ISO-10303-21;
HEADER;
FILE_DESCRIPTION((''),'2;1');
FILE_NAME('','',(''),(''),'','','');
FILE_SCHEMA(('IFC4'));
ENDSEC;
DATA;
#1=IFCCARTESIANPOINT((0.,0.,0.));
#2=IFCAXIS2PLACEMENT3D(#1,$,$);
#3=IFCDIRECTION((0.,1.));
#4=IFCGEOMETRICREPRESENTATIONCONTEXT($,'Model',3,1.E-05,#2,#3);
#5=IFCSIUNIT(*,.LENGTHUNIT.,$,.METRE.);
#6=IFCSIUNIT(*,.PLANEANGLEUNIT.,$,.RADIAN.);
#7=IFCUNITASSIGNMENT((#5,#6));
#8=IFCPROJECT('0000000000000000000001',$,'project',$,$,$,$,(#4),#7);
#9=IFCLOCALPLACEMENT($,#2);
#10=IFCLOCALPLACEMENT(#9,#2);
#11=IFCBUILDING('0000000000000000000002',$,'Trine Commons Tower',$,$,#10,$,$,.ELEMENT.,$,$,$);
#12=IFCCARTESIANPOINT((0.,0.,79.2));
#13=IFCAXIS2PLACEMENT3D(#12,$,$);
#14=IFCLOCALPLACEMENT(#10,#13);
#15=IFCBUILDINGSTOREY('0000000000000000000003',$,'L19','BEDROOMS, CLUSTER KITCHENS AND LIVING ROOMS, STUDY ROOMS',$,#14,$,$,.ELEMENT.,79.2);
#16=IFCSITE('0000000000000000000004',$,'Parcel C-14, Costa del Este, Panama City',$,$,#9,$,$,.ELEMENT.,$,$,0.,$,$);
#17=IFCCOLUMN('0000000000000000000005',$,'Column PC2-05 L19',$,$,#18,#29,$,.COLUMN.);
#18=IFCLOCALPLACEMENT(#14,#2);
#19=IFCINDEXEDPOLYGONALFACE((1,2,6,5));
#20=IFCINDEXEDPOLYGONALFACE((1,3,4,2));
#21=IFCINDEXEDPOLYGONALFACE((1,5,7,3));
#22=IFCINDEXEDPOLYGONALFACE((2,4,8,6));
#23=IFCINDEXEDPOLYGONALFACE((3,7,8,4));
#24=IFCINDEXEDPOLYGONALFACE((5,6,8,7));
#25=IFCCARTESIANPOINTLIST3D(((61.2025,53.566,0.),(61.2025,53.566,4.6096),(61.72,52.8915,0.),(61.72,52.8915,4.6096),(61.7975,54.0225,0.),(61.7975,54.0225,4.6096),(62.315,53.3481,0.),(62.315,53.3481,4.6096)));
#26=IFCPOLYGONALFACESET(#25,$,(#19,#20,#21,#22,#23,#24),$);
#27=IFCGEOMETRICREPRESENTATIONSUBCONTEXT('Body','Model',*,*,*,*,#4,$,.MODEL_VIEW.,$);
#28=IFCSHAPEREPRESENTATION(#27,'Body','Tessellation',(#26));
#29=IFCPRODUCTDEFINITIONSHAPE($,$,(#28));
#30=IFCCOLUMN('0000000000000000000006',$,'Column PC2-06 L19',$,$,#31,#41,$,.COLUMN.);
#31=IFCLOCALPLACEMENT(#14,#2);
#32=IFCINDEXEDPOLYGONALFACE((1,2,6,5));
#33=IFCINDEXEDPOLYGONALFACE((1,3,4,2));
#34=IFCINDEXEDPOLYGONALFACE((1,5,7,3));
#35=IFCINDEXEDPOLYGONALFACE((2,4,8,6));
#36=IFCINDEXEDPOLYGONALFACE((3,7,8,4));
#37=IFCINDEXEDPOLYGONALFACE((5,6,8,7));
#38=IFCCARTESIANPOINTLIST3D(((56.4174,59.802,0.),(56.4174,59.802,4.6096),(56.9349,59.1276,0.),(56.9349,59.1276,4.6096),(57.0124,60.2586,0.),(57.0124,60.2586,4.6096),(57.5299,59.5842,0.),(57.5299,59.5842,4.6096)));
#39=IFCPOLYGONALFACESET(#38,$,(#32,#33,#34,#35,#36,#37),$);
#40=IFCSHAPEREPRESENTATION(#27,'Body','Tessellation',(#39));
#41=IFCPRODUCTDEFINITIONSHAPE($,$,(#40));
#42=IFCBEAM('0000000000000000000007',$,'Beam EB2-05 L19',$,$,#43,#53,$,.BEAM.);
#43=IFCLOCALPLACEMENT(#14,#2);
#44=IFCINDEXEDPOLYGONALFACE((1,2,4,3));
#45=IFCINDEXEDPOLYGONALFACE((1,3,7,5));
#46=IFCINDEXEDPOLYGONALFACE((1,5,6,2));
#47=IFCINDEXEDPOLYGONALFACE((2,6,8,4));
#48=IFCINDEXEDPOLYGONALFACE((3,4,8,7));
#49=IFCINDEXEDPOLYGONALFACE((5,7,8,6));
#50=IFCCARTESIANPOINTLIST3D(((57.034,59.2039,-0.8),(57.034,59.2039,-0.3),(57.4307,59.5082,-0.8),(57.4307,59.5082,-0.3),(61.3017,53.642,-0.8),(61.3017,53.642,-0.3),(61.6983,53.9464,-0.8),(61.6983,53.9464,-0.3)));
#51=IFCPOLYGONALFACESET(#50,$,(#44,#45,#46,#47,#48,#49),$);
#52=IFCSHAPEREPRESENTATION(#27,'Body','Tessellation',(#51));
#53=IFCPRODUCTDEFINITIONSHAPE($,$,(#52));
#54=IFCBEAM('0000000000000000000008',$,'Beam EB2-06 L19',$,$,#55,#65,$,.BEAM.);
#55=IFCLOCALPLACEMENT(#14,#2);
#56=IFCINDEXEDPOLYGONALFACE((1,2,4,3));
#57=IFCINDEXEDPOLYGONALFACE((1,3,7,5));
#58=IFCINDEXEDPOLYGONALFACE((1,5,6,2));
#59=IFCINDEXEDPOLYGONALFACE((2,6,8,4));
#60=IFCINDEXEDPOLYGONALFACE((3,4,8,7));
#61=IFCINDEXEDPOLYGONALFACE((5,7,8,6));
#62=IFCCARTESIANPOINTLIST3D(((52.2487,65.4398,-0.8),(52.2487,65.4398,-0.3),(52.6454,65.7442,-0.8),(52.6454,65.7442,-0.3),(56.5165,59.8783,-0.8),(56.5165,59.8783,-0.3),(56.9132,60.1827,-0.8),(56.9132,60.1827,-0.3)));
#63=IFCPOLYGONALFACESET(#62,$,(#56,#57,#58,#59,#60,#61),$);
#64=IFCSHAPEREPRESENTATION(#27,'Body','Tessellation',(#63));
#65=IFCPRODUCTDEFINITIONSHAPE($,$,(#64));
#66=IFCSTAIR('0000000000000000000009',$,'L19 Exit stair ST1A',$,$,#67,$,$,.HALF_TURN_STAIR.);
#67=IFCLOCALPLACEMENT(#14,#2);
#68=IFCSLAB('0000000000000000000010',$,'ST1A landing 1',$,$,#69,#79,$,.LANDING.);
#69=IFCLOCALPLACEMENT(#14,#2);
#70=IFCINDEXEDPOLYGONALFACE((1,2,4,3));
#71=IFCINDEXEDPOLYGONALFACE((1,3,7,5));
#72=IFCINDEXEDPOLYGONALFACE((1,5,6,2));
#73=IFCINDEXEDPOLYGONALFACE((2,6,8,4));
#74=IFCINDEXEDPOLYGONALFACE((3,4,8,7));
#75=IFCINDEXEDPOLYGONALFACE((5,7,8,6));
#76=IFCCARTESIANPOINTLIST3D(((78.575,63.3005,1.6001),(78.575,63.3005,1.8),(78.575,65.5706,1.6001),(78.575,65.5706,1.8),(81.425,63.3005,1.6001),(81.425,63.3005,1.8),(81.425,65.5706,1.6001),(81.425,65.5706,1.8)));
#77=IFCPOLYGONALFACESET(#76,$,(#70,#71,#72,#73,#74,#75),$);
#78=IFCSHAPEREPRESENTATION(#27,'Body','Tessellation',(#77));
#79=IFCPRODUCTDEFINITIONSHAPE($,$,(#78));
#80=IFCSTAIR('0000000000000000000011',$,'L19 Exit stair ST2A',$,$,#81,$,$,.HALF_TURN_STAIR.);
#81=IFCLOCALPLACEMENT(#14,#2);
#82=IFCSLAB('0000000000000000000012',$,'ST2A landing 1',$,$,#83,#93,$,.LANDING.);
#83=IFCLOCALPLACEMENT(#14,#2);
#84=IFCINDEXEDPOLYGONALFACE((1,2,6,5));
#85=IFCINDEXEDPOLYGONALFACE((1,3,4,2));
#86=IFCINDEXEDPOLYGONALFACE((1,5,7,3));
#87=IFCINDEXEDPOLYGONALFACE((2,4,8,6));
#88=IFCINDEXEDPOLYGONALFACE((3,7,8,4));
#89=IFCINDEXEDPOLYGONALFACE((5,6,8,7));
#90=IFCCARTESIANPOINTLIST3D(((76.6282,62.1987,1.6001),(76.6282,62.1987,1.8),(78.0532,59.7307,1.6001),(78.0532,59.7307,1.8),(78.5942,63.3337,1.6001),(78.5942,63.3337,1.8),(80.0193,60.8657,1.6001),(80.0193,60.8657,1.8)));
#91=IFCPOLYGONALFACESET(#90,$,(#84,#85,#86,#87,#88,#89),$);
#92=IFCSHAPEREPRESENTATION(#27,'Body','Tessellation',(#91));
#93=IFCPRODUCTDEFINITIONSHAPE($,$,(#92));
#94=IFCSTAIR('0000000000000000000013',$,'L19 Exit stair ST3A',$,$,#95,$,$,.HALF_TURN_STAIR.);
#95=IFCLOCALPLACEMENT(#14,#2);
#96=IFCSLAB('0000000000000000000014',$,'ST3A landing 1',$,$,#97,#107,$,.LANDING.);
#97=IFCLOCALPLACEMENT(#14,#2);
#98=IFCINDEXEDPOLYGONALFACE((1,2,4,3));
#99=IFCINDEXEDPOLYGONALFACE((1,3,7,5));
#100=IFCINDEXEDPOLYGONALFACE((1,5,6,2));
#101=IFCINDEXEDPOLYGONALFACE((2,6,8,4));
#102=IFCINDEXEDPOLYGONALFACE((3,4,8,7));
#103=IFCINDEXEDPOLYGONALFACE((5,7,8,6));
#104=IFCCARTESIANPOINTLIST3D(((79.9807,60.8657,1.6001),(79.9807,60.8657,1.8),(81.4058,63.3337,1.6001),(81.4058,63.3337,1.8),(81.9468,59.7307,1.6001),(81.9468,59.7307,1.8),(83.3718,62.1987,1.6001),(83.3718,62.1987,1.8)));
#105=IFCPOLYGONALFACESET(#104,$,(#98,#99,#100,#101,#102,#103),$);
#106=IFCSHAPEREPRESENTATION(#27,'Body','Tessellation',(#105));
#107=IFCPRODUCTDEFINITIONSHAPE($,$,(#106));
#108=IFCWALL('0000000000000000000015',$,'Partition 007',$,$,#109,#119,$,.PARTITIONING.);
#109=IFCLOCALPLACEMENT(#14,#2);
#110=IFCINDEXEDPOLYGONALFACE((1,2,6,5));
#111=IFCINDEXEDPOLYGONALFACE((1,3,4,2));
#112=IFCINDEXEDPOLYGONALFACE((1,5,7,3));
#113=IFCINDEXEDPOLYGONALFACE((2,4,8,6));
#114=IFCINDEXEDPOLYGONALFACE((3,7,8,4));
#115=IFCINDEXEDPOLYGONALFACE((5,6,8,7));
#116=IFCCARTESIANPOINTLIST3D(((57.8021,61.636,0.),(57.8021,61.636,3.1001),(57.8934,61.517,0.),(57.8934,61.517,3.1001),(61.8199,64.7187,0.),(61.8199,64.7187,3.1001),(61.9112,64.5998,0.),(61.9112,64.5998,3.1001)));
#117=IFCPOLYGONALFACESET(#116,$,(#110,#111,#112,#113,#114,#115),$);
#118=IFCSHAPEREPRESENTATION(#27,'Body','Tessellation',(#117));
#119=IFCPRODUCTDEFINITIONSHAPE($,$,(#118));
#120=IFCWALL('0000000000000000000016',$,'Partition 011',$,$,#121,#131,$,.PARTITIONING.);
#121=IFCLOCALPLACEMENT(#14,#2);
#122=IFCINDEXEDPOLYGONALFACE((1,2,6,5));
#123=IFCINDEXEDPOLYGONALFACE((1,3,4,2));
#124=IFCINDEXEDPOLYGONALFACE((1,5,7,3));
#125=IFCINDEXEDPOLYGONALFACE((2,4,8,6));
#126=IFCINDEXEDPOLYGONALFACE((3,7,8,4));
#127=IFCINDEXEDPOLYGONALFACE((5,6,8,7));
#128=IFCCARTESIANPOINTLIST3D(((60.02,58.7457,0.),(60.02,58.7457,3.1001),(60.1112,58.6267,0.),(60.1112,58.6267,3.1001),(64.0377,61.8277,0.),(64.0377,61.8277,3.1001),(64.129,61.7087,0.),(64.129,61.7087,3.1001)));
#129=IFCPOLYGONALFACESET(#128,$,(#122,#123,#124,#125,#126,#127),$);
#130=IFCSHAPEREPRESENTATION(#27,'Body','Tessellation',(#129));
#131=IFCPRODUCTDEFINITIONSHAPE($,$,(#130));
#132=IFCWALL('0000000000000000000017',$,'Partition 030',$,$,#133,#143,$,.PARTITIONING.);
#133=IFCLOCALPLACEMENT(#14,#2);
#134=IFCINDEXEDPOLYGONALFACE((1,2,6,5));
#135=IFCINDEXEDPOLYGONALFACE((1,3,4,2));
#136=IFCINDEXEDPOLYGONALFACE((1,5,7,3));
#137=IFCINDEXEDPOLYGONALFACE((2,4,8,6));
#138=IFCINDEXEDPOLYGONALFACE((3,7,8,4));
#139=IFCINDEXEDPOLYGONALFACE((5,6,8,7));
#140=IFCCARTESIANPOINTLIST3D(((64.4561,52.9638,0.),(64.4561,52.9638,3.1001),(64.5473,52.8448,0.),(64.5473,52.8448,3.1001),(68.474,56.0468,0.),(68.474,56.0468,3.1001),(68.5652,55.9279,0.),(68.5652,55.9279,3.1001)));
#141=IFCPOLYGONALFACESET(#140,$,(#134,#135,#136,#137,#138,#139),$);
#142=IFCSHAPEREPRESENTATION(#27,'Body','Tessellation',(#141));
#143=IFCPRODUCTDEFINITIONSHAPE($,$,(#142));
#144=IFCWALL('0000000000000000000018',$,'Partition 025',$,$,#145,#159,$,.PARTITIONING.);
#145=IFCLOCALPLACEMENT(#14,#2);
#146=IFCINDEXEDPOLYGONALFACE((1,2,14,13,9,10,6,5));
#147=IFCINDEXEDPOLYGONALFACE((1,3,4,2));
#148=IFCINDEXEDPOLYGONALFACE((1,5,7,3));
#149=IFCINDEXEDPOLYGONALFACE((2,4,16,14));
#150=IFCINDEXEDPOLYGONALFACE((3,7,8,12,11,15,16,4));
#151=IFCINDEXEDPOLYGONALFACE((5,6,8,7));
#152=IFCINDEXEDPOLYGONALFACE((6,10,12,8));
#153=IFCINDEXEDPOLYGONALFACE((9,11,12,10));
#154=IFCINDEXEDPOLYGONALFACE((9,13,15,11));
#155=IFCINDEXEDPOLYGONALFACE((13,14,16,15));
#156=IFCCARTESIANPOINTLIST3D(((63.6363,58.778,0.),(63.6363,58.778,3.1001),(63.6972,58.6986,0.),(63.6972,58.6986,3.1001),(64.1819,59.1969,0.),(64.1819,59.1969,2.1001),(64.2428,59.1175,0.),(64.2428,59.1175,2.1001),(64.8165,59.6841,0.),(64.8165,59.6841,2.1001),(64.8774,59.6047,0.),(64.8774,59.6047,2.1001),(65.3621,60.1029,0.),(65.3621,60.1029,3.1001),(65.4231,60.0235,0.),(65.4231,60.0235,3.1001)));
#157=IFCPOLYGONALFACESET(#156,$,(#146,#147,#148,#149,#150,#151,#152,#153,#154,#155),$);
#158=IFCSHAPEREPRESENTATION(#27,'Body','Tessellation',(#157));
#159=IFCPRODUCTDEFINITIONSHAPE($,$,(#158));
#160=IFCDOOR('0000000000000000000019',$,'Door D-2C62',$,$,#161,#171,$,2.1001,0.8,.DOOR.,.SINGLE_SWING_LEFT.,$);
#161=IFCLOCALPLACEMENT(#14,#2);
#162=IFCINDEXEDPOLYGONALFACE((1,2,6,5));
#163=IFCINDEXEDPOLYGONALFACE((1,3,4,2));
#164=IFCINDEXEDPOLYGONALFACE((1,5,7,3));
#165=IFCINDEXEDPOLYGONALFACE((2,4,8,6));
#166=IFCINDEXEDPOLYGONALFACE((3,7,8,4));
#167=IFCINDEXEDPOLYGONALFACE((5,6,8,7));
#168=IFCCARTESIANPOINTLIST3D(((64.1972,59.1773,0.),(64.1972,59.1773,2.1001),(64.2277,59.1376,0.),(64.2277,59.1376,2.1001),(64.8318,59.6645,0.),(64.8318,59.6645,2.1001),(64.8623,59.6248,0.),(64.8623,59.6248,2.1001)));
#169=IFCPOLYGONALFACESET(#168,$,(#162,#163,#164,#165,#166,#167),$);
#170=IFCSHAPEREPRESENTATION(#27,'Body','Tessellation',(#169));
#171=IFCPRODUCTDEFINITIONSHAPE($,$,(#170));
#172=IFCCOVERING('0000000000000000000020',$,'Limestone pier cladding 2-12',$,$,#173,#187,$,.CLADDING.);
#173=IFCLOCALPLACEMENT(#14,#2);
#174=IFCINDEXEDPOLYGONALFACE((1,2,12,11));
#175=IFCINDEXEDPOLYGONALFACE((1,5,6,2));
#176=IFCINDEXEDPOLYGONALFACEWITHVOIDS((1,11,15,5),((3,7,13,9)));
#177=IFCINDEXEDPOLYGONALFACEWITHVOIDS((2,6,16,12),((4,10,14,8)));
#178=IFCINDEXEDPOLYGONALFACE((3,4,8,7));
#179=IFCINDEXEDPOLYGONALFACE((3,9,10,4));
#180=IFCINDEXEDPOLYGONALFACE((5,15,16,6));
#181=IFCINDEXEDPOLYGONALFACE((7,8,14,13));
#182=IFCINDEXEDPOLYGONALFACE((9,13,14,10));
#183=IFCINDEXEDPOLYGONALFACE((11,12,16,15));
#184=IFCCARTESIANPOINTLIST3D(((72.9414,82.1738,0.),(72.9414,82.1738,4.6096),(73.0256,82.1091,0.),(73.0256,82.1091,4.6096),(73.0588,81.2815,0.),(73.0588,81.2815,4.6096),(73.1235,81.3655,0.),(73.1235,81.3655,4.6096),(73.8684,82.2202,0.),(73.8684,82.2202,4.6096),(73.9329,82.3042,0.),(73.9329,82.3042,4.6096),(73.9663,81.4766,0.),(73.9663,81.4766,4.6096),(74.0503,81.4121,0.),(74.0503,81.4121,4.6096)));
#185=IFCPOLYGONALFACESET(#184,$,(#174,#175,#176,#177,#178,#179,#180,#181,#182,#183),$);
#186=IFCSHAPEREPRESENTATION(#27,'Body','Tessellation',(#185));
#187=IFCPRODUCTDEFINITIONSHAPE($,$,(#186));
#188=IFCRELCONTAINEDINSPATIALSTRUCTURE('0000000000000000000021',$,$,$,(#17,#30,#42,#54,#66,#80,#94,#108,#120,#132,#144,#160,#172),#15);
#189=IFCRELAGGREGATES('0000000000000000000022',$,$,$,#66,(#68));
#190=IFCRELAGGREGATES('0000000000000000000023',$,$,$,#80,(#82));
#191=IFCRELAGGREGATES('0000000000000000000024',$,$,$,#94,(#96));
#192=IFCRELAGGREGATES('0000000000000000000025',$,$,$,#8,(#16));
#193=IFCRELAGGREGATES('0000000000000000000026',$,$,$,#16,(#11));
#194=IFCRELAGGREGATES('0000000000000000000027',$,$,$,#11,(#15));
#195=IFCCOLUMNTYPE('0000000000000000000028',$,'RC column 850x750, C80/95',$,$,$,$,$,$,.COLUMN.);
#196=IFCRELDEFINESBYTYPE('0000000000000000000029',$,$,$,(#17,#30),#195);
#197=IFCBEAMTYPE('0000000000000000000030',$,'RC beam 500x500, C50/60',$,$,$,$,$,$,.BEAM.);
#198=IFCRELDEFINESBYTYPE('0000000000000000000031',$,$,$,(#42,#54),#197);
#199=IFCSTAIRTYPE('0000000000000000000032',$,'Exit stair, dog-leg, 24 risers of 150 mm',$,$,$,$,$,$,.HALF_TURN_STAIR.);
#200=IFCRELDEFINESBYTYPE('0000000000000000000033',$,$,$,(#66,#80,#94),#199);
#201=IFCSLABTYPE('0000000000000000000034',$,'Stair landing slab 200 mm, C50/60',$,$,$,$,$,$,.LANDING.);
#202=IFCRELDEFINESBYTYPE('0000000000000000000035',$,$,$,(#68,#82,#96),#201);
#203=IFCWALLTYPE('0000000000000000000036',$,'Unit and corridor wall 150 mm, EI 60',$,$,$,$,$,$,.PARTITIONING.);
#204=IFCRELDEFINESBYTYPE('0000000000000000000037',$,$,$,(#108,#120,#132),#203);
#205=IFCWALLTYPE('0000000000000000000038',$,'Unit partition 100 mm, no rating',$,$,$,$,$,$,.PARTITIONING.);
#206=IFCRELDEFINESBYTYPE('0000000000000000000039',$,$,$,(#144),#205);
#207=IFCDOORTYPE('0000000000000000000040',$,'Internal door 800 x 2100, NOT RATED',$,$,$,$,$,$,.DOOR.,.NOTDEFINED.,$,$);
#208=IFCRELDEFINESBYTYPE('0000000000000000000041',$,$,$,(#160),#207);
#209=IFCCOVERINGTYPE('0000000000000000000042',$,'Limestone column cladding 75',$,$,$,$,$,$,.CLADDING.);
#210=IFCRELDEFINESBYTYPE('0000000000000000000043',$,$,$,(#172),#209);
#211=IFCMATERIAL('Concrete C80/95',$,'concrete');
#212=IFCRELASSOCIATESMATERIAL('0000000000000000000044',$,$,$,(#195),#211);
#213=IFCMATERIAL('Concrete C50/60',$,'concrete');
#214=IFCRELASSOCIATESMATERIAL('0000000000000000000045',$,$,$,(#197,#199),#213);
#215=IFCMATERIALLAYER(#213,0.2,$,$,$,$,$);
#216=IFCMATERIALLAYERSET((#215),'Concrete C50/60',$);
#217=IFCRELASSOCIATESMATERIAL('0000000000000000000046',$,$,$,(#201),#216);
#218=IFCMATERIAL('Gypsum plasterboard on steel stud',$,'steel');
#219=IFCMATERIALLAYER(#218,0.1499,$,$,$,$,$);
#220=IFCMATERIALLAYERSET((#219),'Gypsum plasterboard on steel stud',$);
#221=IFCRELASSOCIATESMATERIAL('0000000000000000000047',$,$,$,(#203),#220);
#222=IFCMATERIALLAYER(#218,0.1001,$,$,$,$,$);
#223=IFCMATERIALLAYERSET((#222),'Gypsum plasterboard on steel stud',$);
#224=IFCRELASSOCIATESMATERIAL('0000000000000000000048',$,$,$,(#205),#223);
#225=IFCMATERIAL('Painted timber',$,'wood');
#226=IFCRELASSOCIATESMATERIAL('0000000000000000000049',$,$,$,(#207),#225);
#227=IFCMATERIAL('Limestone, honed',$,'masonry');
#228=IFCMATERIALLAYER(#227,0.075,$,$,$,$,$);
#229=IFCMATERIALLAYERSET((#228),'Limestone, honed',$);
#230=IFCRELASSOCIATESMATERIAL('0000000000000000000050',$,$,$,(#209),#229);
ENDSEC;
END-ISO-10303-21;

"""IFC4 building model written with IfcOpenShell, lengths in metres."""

from ifc_helpers import new_model, si_unit, direction, frame, frame_2d, origin, origin_2d, place, context, subcontext, project, spatial, polyline, rectangle, outline, extrude, material, layer, layer_set, material_profile, profile_set, type_object, element, fill, aggregate, save


model = new_model("IFC4")

# Units and contexts
model_context = context("Model", 3, precision=1e-05, world=origin(), true_north=direction((0.0, 1.0)))
body_context = subcontext(model_context, "Body", "Model", "MODEL_VIEW")
ifc_project = project(units=[si_unit("LENGTHUNIT", "METRE"), si_unit("PLANEANGLEUNIT", "RADIAN")], contexts=[model_context])

# Site, building, storey
site_placement = place(None, origin())
site = spatial("IfcSite", under=ifc_project, at=site_placement, Name="Parcel C-14, Costa del Este, Panama City", CompositionType="ELEMENT", RefElevation=0.0)
building_placement = place(site_placement, origin())
building = spatial("IfcBuilding", under=site, at=building_placement, Name="Trine Commons Tower", CompositionType="ELEMENT")
storey_placement = place(building_placement, frame((0.0, 0.0, 79.2)))
storey = spatial("IfcBuildingStorey", under=building, at=storey_placement, Name="L19", Description="BEDROOMS, CLUSTER KITCHENS AND LIVING ROOMS, STUDY ROOMS", CompositionType="ELEMENT", Elevation=79.2)

# Columns
ifc_material_1 = material(Name="Concrete C80/95", Category="concrete")
ifc_material_profile_1 = material_profile(ifc_material_1, rectangle(XDim=0.8501, YDim=0.75, at=origin_2d()), Name="RC 850x750")
ifc_profile_set_1 = profile_set([ifc_material_profile_1], Name="Concrete C80/95")
column_type = type_object("IfcColumnType", Name="RC column 850x750, C80/95", PredefinedType="COLUMN", material=ifc_profile_set_1)
for number, where, z_axis, x_axis, name in (
    (1, (61.7588, 53.457, 0.0), (0.0, 0.0, 1.0), (-0.608761, 0.793353, 0.0), "Column PC2-05 L19"),
    (2, (56.9736, 59.6931, 0.0), (0.0, 0.0, 1.0), (-0.608761, 0.793353, 0.0), "Column PC2-06 L19"),
):
    element("IfcColumn", number, at=place(storey_placement, frame(where, z_axis=z_axis, x_axis=x_axis)), inside=storey, type_object=column_type, Name=name, PredefinedType="COLUMN", context=body_context, shape_type="SweptSolid", body=[
        extrude(rectangle(XDim=0.8501, YDim=0.75, at=origin_2d()), origin(), (0.0, 0.0, 1.0), 4.6096),
    ])

# Beams
ifc_material_2 = material(Name="Concrete C50/60", Category="concrete")
ifc_material_profile_2 = material_profile(ifc_material_2, rectangle(XDim=0.5, YDim=0.5, at=origin_2d()), Name="RC 500x500")
ifc_profile_set_2 = profile_set([ifc_material_profile_2], Name="Concrete C50/60")
beam_type = type_object("IfcBeamType", Name="RC beam 500x500, C50/60", PredefinedType="BEAM", material=ifc_profile_set_2)
beam_1_placement = place(storey_placement, frame((61.5, 53.7942, -0.55), z_axis=(-0.608751, 0.793361, 0.0), x_axis=(-0.793361, -0.608751, 0.0)))
element("IfcBeam", 3, at=beam_1_placement, inside=storey, type_object=beam_type, Name="Beam EB2-05 L19", PredefinedType="BEAM", context=body_context, shape_type="SweptSolid", body=[
    extrude(rectangle(XDim=0.5, YDim=0.5, at=origin_2d()), origin(), (0.0, 0.0, 1.0), 7.0105),
])
beam_2_placement = place(storey_placement, frame((56.7148, 60.0305, -0.55), z_axis=(-0.60879, 0.793332, 0.0), x_axis=(-0.793332, -0.60879, 0.0)))
element("IfcBeam", 4, at=beam_2_placement, inside=storey, type_object=beam_type, Name="Beam EB2-06 L19", PredefinedType="BEAM", context=body_context, shape_type="SweptSolid", body=[
    extrude(rectangle(XDim=0.5, YDim=0.5, at=origin_2d()), origin(), (0.0, 0.0, 1.0), 7.0103),
])

# Stairs, slabs
stair_type = type_object("IfcStairType", Name="Exit stair, dog-leg, 24 risers of 150 mm", PredefinedType="HALF_TURN_STAIR", material=ifc_material_2)
stair_1_placement = place(storey_placement, origin())
stair_1 = element("IfcStair", 5, at=stair_1_placement, inside=storey, type_object=stair_type, Name="L19 Exit stair ST1A", PredefinedType="HALF_TURN_STAIR")
ifc_layer_1 = layer(ifc_material_2, 0.2)
ifc_layer_set_1 = layer_set([ifc_layer_1], Name="Concrete C50/60")
slab_type = type_object("IfcSlabType", Name="Stair landing slab 200 mm, C50/60", PredefinedType="LANDING", material=ifc_layer_set_1)
slab_1_placement = place(storey_placement, frame((0.0, 0.0, 1.6001)))
slab_1 = element("IfcSlab", 6, at=slab_1_placement, type_object=slab_type, Name="ST1A landing 1", PredefinedType="LANDING", context=body_context, shape_type="SweptSolid", body=[
    extrude(outline(polyline([(78.575, 65.5706), (78.575, 63.3005), (81.425, 63.3005), (81.425, 65.5706), (78.575, 65.5706)])), origin(), (0.0, 0.0, 1.0), 0.2),
])
aggregate(stair_1, [slab_1])
stair_2_placement = place(storey_placement, origin())
stair_2 = element("IfcStair", 7, at=stair_2_placement, inside=storey, type_object=stair_type, Name="L19 Exit stair ST2A", PredefinedType="HALF_TURN_STAIR")
slab_2_placement = place(storey_placement, frame((0.0, 0.0, 1.6001)))
slab_2 = element("IfcSlab", 8, at=slab_2_placement, type_object=slab_type, Name="ST2A landing 1", PredefinedType="LANDING", context=body_context, shape_type="SweptSolid", body=[
    extrude(outline(polyline([(78.0532, 59.7307), (80.0193, 60.8657), (78.5942, 63.3337), (76.6282, 62.1987), (78.0532, 59.7307)])), origin(), (0.0, 0.0, 1.0), 0.2),
])
aggregate(stair_2, [slab_2])
stair_3_placement = place(storey_placement, origin())
stair_3 = element("IfcStair", 9, at=stair_3_placement, inside=storey, type_object=stair_type, Name="L19 Exit stair ST3A", PredefinedType="HALF_TURN_STAIR")
slab_3_placement = place(storey_placement, frame((0.0, 0.0, 1.6001)))
slab_3 = element("IfcSlab", 10, at=slab_3_placement, type_object=slab_type, Name="ST3A landing 1", PredefinedType="LANDING", context=body_context, shape_type="SweptSolid", body=[
    extrude(outline(polyline([(83.3718, 62.1987), (81.4058, 63.3337), (79.9807, 60.8657), (81.9468, 59.7307), (83.3718, 62.1987)])), origin(), (0.0, 0.0, 1.0), 0.2),
])
aggregate(stair_3, [slab_3])

# Walls
ifc_material_3 = material(Name="Gypsum plasterboard on steel stud", Category="steel")
ifc_layer_2 = layer(ifc_material_3, 0.1499)
ifc_layer_set_2 = layer_set([ifc_layer_2], Name="Gypsum plasterboard on steel stud")
wall_type_1 = type_object("IfcWallType", Name="Unit and corridor wall 150 mm, EI 60", PredefinedType="PARTITIONING", material=ifc_layer_set_2)
wall_1_placement = place(storey_placement, frame((57.8477, 61.5764, 0.0), z_axis=(0.0, 0.0, 1.0), x_axis=(0.793374, 0.608734, 0.0)))
element("IfcWall", 11, at=wall_1_placement, inside=storey, type_object=wall_type_1, Name="Partition 007", PredefinedType="PARTITIONING", context=body_context, shape_type="SweptSolid", body=[
    extrude(rectangle(XDim=5.0642, YDim=0.1499, at=frame_2d((2.5322, 0.0))), origin(), (0.0, 0.0, 1.0), 3.1001),
])
wall_2_placement = place(storey_placement, frame((60.0657, 58.6863, 0.0), z_axis=(0.0, 0.0, 1.0), x_axis=(0.793444, 0.608643, 0.0)))
element("IfcWall", 12, at=wall_2_placement, inside=storey, type_object=wall_type_1, Name="Partition 011", PredefinedType="PARTITIONING", context=body_context, shape_type="SweptSolid", body=[
    extrude(rectangle(XDim=5.0637, YDim=0.1499, at=frame_2d((2.5317, 0.0))), origin(), (0.0, 0.0, 1.0), 3.1001),
])
wall_3_placement = place(storey_placement, frame((64.5017, 52.9043, 0.0), z_axis=(0.0, 0.0, 1.0), x_axis=(0.793351, 0.608764, 0.0)))
element("IfcWall", 13, at=wall_3_placement, inside=storey, type_object=wall_type_1, Name="Partition 030", PredefinedType="PARTITIONING", context=body_context, shape_type="SweptSolid", body=[
    extrude(rectangle(XDim=5.0645, YDim=0.1499, at=frame_2d((2.5322, 0.0))), origin(), (0.0, 0.0, 1.0), 3.1001),
])

# Wall, opening, door
ifc_layer_3 = layer(ifc_material_3, 0.1001)
ifc_layer_set_3 = layer_set([ifc_layer_3], Name="Gypsum plasterboard on steel stud")
wall_type_2 = type_object("IfcWallType", Name="Unit partition 100 mm, no rating", PredefinedType="PARTITIONING", material=ifc_layer_set_3)
wall_4_placement = place(storey_placement, frame((63.6667, 58.7383, 0.0), z_axis=(0.0, 0.0, 1.0), x_axis=(0.793203, 0.608957, 0.0)))
wall_4 = element("IfcWall", 14, at=wall_4_placement, inside=storey, type_object=wall_type_2, Name="Partition 025", PredefinedType="PARTITIONING", context=body_context, shape_type="SweptSolid", body=[
    extrude(rectangle(XDim=2.1758, YDim=0.1001, at=frame_2d((1.0879, 0.0))), origin(), (0.0, 0.0, 1.0), 3.1001),
])
opening_placement = place(wall_4_placement, frame((0.688, 0.0, 0.0)))
opening = element("IfcOpeningElement", 15, at=opening_placement, cuts=wall_4, PredefinedType="OPENING", context=body_context, shape_type="SweptSolid", body=[
    extrude(rectangle(XDim=0.8, YDim=2.1001, at=frame_2d((0.3999, 1.05))), frame((0.0, 0.0601, 0.0), z_axis=(0.0, -1.0, 0.0), x_axis=(1.0, 0.0, 0.0)), (0.0, 0.0, 1.0), 0.1201),
])
ifc_material_4 = material(Name="Painted timber", Category="wood")
door_type = type_object("IfcDoorType", Name="Internal door 800 x 2100, NOT RATED", OperationType="NOTDEFINED", PredefinedType="DOOR", material=ifc_material_4)
door_placement = place(opening_placement, frame((0.8, 0.0, 0.0), z_axis=(0.0, 0.0, 1.0), x_axis=(-1.0, 0.0, 0.0)))
door = element("IfcDoor", 16, at=door_placement, inside=storey, type_object=door_type, Name="Door D-2C62", OperationType="SINGLE_SWING_LEFT", OverallHeight=2.1001, OverallWidth=0.8, PredefinedType="DOOR", context=body_context, shape_type="SweptSolid", body=[
    extrude(rectangle(XDim=0.8, YDim=2.1001, at=frame_2d((0.3999, 1.05))), frame((0.0, 0.0249, 0.0), z_axis=(0.0, -1.0, 0.0), x_axis=(1.0, 0.0, 0.0)), (0.0, 0.0, 1.0), 0.05),
])
fill(opening, door)

# Covering
ifc_material_5 = material(Name="Limestone, honed", Category="masonry")
ifc_layer_4 = layer(ifc_material_5, 0.075)
ifc_layer_set_4 = layer_set([ifc_layer_4], Name="Limestone, honed")
covering_type_1 = type_object("IfcCoveringType", Name="Limestone column cladding 75", PredefinedType="CLADDING", material=ifc_layer_set_4)
covering_1_placement = place(storey_placement, origin())
element("IfcCovering", 17, at=covering_1_placement, inside=storey, type_object=covering_type_1, Name="Limestone pier cladding 2-12", PredefinedType="CLADDING", context=body_context, shape_type="SweptSolid", body=[
    extrude(outline(polyline([(74.0503, 81.4121), (73.9329, 82.3042), (72.9414, 82.1738), (73.0588, 81.2815), (74.0503, 81.4121)]), holes=[polyline([(73.9663, 81.4766), (73.8684, 82.2202), (73.0256, 82.1091), (73.1235, 81.3655), (73.9663, 81.4766)])]), origin(), (0.0, 0.0, 1.0), 4.6096),
])

save(model, "model.ifc")
